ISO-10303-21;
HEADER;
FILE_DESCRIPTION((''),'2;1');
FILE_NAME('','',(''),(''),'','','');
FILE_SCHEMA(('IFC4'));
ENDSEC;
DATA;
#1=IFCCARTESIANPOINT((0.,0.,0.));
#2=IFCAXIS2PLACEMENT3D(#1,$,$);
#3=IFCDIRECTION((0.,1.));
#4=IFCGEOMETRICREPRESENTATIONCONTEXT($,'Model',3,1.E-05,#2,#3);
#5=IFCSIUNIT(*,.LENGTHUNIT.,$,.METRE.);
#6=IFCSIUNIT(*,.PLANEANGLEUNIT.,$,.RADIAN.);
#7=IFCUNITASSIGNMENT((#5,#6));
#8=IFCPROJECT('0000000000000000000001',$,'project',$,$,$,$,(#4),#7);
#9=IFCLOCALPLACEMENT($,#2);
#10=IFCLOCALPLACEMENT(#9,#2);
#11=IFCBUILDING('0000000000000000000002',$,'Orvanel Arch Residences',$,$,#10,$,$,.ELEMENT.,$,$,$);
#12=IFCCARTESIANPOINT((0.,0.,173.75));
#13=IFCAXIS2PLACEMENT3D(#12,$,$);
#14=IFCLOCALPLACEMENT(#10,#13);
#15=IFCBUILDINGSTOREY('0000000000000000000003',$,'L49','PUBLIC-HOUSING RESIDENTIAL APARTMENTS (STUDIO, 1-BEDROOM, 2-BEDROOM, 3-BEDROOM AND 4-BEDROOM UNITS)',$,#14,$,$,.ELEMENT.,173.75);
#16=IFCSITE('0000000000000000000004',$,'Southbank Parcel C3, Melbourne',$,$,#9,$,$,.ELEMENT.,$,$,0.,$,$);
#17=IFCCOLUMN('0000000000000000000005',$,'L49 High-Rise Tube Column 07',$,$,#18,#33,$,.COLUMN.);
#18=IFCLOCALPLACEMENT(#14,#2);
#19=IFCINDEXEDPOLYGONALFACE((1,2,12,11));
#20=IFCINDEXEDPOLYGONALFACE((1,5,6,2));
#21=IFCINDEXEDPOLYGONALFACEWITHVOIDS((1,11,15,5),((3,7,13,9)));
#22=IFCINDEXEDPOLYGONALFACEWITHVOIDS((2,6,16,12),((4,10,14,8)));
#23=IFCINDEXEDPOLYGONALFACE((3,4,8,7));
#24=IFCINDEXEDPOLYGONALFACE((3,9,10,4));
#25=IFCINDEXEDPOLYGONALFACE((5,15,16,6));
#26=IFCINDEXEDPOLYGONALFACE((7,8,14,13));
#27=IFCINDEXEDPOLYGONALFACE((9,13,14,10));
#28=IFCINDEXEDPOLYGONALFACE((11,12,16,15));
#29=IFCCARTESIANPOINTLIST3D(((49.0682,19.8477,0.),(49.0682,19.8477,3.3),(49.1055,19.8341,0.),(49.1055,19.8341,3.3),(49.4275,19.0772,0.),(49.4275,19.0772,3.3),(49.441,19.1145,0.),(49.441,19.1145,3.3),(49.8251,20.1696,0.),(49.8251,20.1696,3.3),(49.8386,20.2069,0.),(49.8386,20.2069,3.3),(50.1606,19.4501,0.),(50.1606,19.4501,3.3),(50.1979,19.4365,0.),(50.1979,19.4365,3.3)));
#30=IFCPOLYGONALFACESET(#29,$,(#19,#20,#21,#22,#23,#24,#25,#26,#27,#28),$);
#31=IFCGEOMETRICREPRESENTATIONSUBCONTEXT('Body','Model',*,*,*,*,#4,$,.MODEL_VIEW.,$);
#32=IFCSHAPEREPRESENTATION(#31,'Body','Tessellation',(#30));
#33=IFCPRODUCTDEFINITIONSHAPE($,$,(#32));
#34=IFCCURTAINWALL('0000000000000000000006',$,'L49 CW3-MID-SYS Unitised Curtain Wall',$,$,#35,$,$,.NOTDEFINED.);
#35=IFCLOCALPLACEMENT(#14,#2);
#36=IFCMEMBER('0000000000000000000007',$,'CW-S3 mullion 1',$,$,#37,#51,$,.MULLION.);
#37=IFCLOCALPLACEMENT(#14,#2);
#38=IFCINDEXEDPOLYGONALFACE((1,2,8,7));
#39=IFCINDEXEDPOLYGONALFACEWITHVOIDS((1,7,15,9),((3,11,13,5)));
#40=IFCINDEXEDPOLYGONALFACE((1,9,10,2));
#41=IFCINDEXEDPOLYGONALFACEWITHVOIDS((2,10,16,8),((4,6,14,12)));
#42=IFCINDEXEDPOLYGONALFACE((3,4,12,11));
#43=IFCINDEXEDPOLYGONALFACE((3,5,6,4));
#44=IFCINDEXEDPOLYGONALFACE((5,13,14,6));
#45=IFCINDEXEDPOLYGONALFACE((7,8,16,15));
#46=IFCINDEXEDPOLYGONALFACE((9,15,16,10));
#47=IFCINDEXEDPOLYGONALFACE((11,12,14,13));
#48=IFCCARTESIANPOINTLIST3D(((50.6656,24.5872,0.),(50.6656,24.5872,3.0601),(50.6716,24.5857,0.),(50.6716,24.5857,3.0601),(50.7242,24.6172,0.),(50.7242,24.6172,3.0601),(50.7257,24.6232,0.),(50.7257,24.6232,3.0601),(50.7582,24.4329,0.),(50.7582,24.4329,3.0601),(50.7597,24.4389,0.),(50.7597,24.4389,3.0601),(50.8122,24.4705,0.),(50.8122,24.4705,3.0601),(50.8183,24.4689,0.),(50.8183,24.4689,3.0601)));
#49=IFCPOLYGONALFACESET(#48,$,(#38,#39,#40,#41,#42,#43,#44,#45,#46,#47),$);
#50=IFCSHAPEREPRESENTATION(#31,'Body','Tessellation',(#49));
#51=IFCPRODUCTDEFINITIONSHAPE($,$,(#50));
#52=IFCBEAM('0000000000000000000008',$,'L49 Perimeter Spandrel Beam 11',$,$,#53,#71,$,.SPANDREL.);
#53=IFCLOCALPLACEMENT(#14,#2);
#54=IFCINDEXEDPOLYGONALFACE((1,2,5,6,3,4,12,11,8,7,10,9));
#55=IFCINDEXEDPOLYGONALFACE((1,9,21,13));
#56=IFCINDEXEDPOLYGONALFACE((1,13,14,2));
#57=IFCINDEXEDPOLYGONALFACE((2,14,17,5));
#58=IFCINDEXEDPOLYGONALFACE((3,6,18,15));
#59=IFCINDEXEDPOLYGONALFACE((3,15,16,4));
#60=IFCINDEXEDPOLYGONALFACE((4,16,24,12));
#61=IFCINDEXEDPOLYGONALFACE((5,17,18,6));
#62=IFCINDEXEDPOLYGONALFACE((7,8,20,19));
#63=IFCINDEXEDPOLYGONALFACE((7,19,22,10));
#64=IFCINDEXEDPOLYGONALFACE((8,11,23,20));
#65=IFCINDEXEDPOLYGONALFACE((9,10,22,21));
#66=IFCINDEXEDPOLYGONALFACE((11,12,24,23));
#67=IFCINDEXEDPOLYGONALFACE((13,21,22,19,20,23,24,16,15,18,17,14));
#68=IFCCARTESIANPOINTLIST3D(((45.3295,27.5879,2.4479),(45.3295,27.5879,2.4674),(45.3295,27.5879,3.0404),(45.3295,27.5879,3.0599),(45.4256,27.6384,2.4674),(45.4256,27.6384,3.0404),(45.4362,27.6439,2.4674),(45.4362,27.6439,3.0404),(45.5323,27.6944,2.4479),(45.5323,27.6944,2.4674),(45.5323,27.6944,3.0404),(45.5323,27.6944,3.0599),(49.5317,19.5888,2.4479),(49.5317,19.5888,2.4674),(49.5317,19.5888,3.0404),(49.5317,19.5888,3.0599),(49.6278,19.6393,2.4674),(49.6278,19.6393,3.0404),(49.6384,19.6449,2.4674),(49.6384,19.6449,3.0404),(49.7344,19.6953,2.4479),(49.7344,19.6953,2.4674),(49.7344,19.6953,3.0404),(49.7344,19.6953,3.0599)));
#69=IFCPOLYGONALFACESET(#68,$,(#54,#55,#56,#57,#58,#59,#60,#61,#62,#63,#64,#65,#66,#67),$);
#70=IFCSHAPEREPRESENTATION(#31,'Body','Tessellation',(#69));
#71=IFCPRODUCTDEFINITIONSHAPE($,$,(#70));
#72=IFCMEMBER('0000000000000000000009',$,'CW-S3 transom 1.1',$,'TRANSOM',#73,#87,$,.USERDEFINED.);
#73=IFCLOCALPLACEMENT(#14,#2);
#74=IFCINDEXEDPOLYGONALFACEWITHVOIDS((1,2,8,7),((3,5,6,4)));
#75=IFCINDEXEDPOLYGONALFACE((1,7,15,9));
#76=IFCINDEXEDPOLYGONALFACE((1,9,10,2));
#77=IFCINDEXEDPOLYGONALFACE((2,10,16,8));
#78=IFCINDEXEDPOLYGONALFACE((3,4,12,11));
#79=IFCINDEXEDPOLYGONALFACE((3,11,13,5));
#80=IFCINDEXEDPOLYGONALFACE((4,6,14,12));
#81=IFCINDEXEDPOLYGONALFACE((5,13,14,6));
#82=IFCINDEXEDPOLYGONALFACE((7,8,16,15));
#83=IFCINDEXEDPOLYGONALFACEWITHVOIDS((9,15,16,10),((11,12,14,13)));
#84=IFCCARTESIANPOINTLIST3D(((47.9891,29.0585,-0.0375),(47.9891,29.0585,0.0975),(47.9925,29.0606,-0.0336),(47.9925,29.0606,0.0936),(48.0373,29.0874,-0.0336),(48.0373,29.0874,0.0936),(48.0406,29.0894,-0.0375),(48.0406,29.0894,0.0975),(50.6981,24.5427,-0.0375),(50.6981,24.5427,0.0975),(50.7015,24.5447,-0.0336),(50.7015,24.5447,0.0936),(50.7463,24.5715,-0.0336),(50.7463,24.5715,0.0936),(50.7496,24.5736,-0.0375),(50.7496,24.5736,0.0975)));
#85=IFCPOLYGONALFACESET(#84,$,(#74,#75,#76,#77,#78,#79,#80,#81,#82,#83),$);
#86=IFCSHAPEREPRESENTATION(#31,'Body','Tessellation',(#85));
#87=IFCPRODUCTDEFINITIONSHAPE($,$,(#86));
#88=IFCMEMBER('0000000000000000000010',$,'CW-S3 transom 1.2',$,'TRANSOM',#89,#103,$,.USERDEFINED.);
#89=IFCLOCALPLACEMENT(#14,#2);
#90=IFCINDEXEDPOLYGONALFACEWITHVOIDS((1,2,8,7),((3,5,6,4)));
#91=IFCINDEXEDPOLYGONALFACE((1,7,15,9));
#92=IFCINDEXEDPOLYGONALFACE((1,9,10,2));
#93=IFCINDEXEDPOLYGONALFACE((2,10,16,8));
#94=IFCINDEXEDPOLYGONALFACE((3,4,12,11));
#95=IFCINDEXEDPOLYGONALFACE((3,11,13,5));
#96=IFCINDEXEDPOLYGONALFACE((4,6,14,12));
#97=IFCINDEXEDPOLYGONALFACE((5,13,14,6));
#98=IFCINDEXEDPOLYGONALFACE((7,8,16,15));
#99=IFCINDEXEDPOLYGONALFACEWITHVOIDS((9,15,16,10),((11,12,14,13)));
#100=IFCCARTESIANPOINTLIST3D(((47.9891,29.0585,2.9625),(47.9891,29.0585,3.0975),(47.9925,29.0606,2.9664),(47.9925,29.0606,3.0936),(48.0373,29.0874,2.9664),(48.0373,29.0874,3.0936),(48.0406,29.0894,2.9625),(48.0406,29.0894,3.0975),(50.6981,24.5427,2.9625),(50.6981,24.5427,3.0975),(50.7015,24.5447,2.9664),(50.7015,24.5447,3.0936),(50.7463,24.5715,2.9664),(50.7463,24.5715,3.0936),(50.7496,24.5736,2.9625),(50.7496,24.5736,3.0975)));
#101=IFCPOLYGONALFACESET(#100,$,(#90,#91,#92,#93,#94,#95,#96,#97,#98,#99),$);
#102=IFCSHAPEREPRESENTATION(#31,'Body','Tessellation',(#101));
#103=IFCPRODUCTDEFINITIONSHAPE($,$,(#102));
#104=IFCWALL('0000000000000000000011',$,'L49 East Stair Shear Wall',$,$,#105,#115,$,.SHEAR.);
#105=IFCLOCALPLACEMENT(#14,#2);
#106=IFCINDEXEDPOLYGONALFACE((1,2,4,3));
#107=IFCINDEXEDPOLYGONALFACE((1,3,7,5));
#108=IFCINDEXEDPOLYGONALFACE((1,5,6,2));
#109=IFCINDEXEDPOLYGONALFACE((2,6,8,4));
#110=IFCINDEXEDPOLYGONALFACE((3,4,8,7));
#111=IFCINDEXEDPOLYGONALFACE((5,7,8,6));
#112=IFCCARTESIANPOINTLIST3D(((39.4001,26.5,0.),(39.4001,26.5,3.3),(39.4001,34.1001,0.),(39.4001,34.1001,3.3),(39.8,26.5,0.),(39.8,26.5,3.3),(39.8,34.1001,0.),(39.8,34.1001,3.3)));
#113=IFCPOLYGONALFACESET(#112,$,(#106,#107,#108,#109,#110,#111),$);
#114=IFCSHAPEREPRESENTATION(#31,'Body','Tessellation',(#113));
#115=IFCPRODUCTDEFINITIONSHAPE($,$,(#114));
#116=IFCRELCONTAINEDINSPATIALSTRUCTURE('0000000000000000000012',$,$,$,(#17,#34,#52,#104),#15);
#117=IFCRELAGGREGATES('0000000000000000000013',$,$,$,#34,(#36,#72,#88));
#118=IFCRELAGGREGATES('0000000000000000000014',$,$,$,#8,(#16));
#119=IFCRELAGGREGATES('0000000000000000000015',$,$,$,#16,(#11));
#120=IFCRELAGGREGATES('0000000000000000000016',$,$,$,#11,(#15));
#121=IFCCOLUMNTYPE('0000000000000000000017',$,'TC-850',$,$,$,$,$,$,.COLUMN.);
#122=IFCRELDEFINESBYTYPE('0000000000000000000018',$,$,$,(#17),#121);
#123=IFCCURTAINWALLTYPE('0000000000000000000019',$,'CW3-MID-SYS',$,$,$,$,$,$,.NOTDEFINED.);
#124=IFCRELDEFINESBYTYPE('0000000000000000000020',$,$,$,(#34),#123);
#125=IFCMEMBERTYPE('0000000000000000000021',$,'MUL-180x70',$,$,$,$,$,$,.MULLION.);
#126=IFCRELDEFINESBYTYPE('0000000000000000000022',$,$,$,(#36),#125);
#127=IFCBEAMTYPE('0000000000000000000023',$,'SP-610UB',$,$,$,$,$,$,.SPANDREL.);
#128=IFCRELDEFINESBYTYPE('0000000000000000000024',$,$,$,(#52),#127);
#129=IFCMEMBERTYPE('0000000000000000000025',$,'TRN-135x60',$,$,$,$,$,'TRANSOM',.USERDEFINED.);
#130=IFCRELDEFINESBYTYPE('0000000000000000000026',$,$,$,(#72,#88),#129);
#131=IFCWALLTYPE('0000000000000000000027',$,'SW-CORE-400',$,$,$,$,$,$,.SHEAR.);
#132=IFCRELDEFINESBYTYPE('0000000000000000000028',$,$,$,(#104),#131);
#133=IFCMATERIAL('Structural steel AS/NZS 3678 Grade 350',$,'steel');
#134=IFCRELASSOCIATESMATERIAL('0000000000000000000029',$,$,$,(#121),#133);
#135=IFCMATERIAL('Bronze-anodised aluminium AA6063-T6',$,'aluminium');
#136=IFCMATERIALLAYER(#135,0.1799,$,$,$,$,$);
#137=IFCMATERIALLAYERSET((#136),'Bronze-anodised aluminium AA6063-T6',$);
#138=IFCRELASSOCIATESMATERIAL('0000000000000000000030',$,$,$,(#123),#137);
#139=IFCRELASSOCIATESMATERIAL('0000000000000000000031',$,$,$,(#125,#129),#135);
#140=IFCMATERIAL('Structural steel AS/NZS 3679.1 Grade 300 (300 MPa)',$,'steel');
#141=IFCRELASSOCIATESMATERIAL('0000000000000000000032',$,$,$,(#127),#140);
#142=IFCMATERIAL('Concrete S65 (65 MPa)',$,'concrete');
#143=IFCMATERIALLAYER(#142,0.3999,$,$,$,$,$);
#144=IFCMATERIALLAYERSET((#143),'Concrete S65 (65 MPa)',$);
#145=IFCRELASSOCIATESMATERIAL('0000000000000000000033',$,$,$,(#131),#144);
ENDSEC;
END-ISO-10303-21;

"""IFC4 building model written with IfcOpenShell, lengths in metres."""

from ifc_helpers import new_model, si_unit, direction, frame, frame_2d, origin, origin_2d, place, context, subcontext, project, spatial, rectangle, hollow_rectangle, i_section, extrude, material, layer, layer_set, material_profile, profile_set, type_object, element, aggregate, save


model = new_model("IFC4")

# Units and contexts
model_context = context("Model", 3, precision=1e-05, world=origin(), true_north=direction((0.0, 1.0)))
body_context = subcontext(model_context, "Body", "Model", "MODEL_VIEW")
ifc_project = project(units=[si_unit("LENGTHUNIT", "METRE"), si_unit("PLANEANGLEUNIT", "RADIAN")], contexts=[model_context])

# Site, building, storey
site_placement = place(None, origin())
site = spatial("IfcSite", under=ifc_project, at=site_placement, Name="Southbank Parcel C3, Melbourne", CompositionType="ELEMENT", RefElevation=0.0)
building_placement = place(site_placement, origin())
building = spatial("IfcBuilding", under=site, at=building_placement, Name="Orvanel Arch Residences", CompositionType="ELEMENT")
storey_placement = place(building_placement, frame((0.0, 0.0, 173.75)))
storey = spatial("IfcBuildingStorey", under=building, at=storey_placement, Name="L49", Description="PUBLIC-HOUSING RESIDENTIAL APARTMENTS (STUDIO, 1-BEDROOM, 2-BEDROOM, 3-BEDROOM AND 4-BEDROOM UNITS)", CompositionType="ELEMENT", Elevation=173.75)

# Column
ifc_material_1 = material(Name="Structural steel AS/NZS 3678 Grade 350", Category="steel")
ifc_material_profile_1 = material_profile(ifc_material_1, hollow_rectangle(XDim=0.8501, YDim=0.8501, WallThickness=0.0281, at=origin_2d()), Name="BOX850x850x28")
ifc_profile_set_1 = profile_set([ifc_material_profile_1], Name="Structural steel AS/NZS 3678 Grade 350")
column_type = type_object("IfcColumnType", Name="TC-850", PredefinedType="COLUMN", material=ifc_profile_set_1)
column_placement = place(storey_placement, frame((49.6331, 19.6421, 0.0), z_axis=(0.0, 0.0, 1.0), x_axis=(-0.422618, 0.906308, 0.0)))
element("IfcColumn", 1, at=column_placement, inside=storey, type_object=column_type, Name="L49 High-Rise Tube Column 07", PredefinedType="COLUMN", context=body_context, shape_type="SweptSolid", body=[
    extrude(hollow_rectangle(XDim=0.8501, YDim=0.8501, WallThickness=0.0281, at=origin_2d()), origin(), (0.0, 0.0, 1.0), 3.3),
])

# Curtain wall, member
ifc_material_2 = material(Name="Bronze-anodised aluminium AA6063-T6", Category="aluminium")
ifc_layer_1 = layer(ifc_material_2, 0.1799)
ifc_layer_set_1 = layer_set([ifc_layer_1], Name="Bronze-anodised aluminium AA6063-T6")
curtain_wall_type = type_object("IfcCurtainWallType", Name="CW3-MID-SYS", PredefinedType="NOTDEFINED", material=ifc_layer_set_1)
curtain_wall_placement = place(storey_placement, origin())
curtain_wall = element("IfcCurtainWall", 2, at=curtain_wall_placement, inside=storey, type_object=curtain_wall_type, Name="L49 CW3-MID-SYS Unitised Curtain Wall", PredefinedType="NOTDEFINED")
ifc_material_profile_2 = material_profile(ifc_material_2, hollow_rectangle(XDim=0.0701, YDim=0.1799, WallThickness=0.0044, at=origin_2d()), Name="ALU180x70x4.5")
ifc_profile_set_2 = profile_set([ifc_material_profile_2], Name="Bronze-anodised aluminium AA6063-T6")
member_type_1 = type_object("IfcMemberType", Name="MUL-180x70", PredefinedType="MULLION", material=ifc_profile_set_2)
member_1_placement = place(storey_placement, frame((50.7419, 24.5281, 0.0), z_axis=(0.0, 0.0, 1.0), x_axis=(-0.857542, -0.514414, 0.0)))
member_1 = element("IfcMember", 3, at=member_1_placement, type_object=member_type_1, Name="CW-S3 mullion 1", PredefinedType="MULLION", context=body_context, shape_type="SweptSolid", body=[
    extrude(hollow_rectangle(XDim=0.0701, YDim=0.1799, WallThickness=0.0044, at=origin_2d()), origin(), (0.0, 0.0, 1.0), 3.0601),
])

# Beam
ifc_material_3 = material(Name="Structural steel AS/NZS 3679.1 Grade 300 (300 MPa)", Category="steel")
ifc_material_profile_3 = material_profile(ifc_material_3, i_section(OverallWidth=0.229, OverallDepth=0.6121, WebThickness=0.012, FlangeThickness=0.0195, at=origin_2d()), Name="610UB125")
ifc_profile_set_3 = profile_set([ifc_material_profile_3], Name="Structural steel AS/NZS 3679.1 Grade 300 (300 MPa)")
beam_type = type_object("IfcBeamType", Name="SP-610UB", PredefinedType="SPANDREL", material=ifc_profile_set_3)
beam_placement = place(storey_placement, frame((49.6331, 19.6421, 2.7539), z_axis=(-0.465065, 0.885277, 0.0), x_axis=(-0.885277, -0.465065, 0.0)))
element("IfcBeam", 4, at=beam_placement, inside=storey, type_object=beam_type, Name="L49 Perimeter Spandrel Beam 11", PredefinedType="SPANDREL", context=body_context, shape_type="SweptSolid", body=[
    extrude(i_section(OverallWidth=0.229, OverallDepth=0.6121, WebThickness=0.012, FlangeThickness=0.0195, at=origin_2d()), origin(), (0.0, 0.0, 1.0), 9.0356),
])

# Members
ifc_material_profile_4 = material_profile(ifc_material_2, hollow_rectangle(XDim=0.0601, YDim=0.135, WallThickness=0.0039, at=origin_2d()), Name="ALU135x60x4")
ifc_profile_set_4 = profile_set([ifc_material_profile_4], Name="Bronze-anodised aluminium AA6063-T6")
member_type_2 = type_object("IfcMemberType", Name="TRN-135x60", ElementType="TRANSOM", PredefinedType="USERDEFINED", material=ifc_profile_set_4)
member_2_placement = place(storey_placement, frame((50.7239, 24.5581, 0.03), z_axis=(-0.514421, 0.857538, 0.0), x_axis=(-0.857538, -0.514421, 0.0)))
member_2 = element("IfcMember", 5, at=member_2_placement, type_object=member_type_2, Name="CW-S3 transom 1.1", ObjectType="TRANSOM", PredefinedType="USERDEFINED", context=body_context, shape_type="SweptSolid", body=[
    extrude(hollow_rectangle(XDim=0.0601, YDim=0.135, WallThickness=0.0039, at=origin_2d()), origin(), (0.0, 0.0, 1.0), 5.2661),
])
member_3_placement = place(storey_placement, frame((50.7239, 24.5581, 3.03), z_axis=(-0.514421, 0.857538, 0.0), x_axis=(-0.857538, -0.514421, 0.0)))
member_3 = element("IfcMember", 6, at=member_3_placement, type_object=member_type_2, Name="CW-S3 transom 1.2", ObjectType="TRANSOM", PredefinedType="USERDEFINED", context=body_context, shape_type="SweptSolid", body=[
    extrude(hollow_rectangle(XDim=0.0601, YDim=0.135, WallThickness=0.0039, at=origin_2d()), origin(), (0.0, 0.0, 1.0), 5.2661),
])
aggregate(curtain_wall, [member_1, member_2, member_3])

# Shared definitions
ifc_material_4 = material(Name="Concrete S65 (65 MPa)", Category="concrete")

# Wall
ifc_layer_2 = layer(ifc_material_4, 0.3999)
ifc_layer_set_2 = layer_set([ifc_layer_2], Name="Concrete S65 (65 MPa)")
wall_type_1 = type_object("IfcWallType", Name="SW-CORE-400", PredefinedType="SHEAR", material=ifc_layer_set_2)
wall_1_placement = place(storey_placement, frame((39.6001, 26.5, 0.0), z_axis=(0.0, 0.0, 1.0), x_axis=(0.0, 1.0, 0.0)))
element("IfcWall", 7, at=wall_1_placement, inside=storey, type_object=wall_type_1, Name="L49 East Stair Shear Wall", PredefinedType="SHEAR", context=body_context, shape_type="SweptSolid", body=[
    extrude(rectangle(XDim=7.6001, YDim=0.3999, at=frame_2d((3.8, 0.0))), origin(), (0.0, 0.0, 1.0), 3.3),
])

save(model, "model.ifc")
